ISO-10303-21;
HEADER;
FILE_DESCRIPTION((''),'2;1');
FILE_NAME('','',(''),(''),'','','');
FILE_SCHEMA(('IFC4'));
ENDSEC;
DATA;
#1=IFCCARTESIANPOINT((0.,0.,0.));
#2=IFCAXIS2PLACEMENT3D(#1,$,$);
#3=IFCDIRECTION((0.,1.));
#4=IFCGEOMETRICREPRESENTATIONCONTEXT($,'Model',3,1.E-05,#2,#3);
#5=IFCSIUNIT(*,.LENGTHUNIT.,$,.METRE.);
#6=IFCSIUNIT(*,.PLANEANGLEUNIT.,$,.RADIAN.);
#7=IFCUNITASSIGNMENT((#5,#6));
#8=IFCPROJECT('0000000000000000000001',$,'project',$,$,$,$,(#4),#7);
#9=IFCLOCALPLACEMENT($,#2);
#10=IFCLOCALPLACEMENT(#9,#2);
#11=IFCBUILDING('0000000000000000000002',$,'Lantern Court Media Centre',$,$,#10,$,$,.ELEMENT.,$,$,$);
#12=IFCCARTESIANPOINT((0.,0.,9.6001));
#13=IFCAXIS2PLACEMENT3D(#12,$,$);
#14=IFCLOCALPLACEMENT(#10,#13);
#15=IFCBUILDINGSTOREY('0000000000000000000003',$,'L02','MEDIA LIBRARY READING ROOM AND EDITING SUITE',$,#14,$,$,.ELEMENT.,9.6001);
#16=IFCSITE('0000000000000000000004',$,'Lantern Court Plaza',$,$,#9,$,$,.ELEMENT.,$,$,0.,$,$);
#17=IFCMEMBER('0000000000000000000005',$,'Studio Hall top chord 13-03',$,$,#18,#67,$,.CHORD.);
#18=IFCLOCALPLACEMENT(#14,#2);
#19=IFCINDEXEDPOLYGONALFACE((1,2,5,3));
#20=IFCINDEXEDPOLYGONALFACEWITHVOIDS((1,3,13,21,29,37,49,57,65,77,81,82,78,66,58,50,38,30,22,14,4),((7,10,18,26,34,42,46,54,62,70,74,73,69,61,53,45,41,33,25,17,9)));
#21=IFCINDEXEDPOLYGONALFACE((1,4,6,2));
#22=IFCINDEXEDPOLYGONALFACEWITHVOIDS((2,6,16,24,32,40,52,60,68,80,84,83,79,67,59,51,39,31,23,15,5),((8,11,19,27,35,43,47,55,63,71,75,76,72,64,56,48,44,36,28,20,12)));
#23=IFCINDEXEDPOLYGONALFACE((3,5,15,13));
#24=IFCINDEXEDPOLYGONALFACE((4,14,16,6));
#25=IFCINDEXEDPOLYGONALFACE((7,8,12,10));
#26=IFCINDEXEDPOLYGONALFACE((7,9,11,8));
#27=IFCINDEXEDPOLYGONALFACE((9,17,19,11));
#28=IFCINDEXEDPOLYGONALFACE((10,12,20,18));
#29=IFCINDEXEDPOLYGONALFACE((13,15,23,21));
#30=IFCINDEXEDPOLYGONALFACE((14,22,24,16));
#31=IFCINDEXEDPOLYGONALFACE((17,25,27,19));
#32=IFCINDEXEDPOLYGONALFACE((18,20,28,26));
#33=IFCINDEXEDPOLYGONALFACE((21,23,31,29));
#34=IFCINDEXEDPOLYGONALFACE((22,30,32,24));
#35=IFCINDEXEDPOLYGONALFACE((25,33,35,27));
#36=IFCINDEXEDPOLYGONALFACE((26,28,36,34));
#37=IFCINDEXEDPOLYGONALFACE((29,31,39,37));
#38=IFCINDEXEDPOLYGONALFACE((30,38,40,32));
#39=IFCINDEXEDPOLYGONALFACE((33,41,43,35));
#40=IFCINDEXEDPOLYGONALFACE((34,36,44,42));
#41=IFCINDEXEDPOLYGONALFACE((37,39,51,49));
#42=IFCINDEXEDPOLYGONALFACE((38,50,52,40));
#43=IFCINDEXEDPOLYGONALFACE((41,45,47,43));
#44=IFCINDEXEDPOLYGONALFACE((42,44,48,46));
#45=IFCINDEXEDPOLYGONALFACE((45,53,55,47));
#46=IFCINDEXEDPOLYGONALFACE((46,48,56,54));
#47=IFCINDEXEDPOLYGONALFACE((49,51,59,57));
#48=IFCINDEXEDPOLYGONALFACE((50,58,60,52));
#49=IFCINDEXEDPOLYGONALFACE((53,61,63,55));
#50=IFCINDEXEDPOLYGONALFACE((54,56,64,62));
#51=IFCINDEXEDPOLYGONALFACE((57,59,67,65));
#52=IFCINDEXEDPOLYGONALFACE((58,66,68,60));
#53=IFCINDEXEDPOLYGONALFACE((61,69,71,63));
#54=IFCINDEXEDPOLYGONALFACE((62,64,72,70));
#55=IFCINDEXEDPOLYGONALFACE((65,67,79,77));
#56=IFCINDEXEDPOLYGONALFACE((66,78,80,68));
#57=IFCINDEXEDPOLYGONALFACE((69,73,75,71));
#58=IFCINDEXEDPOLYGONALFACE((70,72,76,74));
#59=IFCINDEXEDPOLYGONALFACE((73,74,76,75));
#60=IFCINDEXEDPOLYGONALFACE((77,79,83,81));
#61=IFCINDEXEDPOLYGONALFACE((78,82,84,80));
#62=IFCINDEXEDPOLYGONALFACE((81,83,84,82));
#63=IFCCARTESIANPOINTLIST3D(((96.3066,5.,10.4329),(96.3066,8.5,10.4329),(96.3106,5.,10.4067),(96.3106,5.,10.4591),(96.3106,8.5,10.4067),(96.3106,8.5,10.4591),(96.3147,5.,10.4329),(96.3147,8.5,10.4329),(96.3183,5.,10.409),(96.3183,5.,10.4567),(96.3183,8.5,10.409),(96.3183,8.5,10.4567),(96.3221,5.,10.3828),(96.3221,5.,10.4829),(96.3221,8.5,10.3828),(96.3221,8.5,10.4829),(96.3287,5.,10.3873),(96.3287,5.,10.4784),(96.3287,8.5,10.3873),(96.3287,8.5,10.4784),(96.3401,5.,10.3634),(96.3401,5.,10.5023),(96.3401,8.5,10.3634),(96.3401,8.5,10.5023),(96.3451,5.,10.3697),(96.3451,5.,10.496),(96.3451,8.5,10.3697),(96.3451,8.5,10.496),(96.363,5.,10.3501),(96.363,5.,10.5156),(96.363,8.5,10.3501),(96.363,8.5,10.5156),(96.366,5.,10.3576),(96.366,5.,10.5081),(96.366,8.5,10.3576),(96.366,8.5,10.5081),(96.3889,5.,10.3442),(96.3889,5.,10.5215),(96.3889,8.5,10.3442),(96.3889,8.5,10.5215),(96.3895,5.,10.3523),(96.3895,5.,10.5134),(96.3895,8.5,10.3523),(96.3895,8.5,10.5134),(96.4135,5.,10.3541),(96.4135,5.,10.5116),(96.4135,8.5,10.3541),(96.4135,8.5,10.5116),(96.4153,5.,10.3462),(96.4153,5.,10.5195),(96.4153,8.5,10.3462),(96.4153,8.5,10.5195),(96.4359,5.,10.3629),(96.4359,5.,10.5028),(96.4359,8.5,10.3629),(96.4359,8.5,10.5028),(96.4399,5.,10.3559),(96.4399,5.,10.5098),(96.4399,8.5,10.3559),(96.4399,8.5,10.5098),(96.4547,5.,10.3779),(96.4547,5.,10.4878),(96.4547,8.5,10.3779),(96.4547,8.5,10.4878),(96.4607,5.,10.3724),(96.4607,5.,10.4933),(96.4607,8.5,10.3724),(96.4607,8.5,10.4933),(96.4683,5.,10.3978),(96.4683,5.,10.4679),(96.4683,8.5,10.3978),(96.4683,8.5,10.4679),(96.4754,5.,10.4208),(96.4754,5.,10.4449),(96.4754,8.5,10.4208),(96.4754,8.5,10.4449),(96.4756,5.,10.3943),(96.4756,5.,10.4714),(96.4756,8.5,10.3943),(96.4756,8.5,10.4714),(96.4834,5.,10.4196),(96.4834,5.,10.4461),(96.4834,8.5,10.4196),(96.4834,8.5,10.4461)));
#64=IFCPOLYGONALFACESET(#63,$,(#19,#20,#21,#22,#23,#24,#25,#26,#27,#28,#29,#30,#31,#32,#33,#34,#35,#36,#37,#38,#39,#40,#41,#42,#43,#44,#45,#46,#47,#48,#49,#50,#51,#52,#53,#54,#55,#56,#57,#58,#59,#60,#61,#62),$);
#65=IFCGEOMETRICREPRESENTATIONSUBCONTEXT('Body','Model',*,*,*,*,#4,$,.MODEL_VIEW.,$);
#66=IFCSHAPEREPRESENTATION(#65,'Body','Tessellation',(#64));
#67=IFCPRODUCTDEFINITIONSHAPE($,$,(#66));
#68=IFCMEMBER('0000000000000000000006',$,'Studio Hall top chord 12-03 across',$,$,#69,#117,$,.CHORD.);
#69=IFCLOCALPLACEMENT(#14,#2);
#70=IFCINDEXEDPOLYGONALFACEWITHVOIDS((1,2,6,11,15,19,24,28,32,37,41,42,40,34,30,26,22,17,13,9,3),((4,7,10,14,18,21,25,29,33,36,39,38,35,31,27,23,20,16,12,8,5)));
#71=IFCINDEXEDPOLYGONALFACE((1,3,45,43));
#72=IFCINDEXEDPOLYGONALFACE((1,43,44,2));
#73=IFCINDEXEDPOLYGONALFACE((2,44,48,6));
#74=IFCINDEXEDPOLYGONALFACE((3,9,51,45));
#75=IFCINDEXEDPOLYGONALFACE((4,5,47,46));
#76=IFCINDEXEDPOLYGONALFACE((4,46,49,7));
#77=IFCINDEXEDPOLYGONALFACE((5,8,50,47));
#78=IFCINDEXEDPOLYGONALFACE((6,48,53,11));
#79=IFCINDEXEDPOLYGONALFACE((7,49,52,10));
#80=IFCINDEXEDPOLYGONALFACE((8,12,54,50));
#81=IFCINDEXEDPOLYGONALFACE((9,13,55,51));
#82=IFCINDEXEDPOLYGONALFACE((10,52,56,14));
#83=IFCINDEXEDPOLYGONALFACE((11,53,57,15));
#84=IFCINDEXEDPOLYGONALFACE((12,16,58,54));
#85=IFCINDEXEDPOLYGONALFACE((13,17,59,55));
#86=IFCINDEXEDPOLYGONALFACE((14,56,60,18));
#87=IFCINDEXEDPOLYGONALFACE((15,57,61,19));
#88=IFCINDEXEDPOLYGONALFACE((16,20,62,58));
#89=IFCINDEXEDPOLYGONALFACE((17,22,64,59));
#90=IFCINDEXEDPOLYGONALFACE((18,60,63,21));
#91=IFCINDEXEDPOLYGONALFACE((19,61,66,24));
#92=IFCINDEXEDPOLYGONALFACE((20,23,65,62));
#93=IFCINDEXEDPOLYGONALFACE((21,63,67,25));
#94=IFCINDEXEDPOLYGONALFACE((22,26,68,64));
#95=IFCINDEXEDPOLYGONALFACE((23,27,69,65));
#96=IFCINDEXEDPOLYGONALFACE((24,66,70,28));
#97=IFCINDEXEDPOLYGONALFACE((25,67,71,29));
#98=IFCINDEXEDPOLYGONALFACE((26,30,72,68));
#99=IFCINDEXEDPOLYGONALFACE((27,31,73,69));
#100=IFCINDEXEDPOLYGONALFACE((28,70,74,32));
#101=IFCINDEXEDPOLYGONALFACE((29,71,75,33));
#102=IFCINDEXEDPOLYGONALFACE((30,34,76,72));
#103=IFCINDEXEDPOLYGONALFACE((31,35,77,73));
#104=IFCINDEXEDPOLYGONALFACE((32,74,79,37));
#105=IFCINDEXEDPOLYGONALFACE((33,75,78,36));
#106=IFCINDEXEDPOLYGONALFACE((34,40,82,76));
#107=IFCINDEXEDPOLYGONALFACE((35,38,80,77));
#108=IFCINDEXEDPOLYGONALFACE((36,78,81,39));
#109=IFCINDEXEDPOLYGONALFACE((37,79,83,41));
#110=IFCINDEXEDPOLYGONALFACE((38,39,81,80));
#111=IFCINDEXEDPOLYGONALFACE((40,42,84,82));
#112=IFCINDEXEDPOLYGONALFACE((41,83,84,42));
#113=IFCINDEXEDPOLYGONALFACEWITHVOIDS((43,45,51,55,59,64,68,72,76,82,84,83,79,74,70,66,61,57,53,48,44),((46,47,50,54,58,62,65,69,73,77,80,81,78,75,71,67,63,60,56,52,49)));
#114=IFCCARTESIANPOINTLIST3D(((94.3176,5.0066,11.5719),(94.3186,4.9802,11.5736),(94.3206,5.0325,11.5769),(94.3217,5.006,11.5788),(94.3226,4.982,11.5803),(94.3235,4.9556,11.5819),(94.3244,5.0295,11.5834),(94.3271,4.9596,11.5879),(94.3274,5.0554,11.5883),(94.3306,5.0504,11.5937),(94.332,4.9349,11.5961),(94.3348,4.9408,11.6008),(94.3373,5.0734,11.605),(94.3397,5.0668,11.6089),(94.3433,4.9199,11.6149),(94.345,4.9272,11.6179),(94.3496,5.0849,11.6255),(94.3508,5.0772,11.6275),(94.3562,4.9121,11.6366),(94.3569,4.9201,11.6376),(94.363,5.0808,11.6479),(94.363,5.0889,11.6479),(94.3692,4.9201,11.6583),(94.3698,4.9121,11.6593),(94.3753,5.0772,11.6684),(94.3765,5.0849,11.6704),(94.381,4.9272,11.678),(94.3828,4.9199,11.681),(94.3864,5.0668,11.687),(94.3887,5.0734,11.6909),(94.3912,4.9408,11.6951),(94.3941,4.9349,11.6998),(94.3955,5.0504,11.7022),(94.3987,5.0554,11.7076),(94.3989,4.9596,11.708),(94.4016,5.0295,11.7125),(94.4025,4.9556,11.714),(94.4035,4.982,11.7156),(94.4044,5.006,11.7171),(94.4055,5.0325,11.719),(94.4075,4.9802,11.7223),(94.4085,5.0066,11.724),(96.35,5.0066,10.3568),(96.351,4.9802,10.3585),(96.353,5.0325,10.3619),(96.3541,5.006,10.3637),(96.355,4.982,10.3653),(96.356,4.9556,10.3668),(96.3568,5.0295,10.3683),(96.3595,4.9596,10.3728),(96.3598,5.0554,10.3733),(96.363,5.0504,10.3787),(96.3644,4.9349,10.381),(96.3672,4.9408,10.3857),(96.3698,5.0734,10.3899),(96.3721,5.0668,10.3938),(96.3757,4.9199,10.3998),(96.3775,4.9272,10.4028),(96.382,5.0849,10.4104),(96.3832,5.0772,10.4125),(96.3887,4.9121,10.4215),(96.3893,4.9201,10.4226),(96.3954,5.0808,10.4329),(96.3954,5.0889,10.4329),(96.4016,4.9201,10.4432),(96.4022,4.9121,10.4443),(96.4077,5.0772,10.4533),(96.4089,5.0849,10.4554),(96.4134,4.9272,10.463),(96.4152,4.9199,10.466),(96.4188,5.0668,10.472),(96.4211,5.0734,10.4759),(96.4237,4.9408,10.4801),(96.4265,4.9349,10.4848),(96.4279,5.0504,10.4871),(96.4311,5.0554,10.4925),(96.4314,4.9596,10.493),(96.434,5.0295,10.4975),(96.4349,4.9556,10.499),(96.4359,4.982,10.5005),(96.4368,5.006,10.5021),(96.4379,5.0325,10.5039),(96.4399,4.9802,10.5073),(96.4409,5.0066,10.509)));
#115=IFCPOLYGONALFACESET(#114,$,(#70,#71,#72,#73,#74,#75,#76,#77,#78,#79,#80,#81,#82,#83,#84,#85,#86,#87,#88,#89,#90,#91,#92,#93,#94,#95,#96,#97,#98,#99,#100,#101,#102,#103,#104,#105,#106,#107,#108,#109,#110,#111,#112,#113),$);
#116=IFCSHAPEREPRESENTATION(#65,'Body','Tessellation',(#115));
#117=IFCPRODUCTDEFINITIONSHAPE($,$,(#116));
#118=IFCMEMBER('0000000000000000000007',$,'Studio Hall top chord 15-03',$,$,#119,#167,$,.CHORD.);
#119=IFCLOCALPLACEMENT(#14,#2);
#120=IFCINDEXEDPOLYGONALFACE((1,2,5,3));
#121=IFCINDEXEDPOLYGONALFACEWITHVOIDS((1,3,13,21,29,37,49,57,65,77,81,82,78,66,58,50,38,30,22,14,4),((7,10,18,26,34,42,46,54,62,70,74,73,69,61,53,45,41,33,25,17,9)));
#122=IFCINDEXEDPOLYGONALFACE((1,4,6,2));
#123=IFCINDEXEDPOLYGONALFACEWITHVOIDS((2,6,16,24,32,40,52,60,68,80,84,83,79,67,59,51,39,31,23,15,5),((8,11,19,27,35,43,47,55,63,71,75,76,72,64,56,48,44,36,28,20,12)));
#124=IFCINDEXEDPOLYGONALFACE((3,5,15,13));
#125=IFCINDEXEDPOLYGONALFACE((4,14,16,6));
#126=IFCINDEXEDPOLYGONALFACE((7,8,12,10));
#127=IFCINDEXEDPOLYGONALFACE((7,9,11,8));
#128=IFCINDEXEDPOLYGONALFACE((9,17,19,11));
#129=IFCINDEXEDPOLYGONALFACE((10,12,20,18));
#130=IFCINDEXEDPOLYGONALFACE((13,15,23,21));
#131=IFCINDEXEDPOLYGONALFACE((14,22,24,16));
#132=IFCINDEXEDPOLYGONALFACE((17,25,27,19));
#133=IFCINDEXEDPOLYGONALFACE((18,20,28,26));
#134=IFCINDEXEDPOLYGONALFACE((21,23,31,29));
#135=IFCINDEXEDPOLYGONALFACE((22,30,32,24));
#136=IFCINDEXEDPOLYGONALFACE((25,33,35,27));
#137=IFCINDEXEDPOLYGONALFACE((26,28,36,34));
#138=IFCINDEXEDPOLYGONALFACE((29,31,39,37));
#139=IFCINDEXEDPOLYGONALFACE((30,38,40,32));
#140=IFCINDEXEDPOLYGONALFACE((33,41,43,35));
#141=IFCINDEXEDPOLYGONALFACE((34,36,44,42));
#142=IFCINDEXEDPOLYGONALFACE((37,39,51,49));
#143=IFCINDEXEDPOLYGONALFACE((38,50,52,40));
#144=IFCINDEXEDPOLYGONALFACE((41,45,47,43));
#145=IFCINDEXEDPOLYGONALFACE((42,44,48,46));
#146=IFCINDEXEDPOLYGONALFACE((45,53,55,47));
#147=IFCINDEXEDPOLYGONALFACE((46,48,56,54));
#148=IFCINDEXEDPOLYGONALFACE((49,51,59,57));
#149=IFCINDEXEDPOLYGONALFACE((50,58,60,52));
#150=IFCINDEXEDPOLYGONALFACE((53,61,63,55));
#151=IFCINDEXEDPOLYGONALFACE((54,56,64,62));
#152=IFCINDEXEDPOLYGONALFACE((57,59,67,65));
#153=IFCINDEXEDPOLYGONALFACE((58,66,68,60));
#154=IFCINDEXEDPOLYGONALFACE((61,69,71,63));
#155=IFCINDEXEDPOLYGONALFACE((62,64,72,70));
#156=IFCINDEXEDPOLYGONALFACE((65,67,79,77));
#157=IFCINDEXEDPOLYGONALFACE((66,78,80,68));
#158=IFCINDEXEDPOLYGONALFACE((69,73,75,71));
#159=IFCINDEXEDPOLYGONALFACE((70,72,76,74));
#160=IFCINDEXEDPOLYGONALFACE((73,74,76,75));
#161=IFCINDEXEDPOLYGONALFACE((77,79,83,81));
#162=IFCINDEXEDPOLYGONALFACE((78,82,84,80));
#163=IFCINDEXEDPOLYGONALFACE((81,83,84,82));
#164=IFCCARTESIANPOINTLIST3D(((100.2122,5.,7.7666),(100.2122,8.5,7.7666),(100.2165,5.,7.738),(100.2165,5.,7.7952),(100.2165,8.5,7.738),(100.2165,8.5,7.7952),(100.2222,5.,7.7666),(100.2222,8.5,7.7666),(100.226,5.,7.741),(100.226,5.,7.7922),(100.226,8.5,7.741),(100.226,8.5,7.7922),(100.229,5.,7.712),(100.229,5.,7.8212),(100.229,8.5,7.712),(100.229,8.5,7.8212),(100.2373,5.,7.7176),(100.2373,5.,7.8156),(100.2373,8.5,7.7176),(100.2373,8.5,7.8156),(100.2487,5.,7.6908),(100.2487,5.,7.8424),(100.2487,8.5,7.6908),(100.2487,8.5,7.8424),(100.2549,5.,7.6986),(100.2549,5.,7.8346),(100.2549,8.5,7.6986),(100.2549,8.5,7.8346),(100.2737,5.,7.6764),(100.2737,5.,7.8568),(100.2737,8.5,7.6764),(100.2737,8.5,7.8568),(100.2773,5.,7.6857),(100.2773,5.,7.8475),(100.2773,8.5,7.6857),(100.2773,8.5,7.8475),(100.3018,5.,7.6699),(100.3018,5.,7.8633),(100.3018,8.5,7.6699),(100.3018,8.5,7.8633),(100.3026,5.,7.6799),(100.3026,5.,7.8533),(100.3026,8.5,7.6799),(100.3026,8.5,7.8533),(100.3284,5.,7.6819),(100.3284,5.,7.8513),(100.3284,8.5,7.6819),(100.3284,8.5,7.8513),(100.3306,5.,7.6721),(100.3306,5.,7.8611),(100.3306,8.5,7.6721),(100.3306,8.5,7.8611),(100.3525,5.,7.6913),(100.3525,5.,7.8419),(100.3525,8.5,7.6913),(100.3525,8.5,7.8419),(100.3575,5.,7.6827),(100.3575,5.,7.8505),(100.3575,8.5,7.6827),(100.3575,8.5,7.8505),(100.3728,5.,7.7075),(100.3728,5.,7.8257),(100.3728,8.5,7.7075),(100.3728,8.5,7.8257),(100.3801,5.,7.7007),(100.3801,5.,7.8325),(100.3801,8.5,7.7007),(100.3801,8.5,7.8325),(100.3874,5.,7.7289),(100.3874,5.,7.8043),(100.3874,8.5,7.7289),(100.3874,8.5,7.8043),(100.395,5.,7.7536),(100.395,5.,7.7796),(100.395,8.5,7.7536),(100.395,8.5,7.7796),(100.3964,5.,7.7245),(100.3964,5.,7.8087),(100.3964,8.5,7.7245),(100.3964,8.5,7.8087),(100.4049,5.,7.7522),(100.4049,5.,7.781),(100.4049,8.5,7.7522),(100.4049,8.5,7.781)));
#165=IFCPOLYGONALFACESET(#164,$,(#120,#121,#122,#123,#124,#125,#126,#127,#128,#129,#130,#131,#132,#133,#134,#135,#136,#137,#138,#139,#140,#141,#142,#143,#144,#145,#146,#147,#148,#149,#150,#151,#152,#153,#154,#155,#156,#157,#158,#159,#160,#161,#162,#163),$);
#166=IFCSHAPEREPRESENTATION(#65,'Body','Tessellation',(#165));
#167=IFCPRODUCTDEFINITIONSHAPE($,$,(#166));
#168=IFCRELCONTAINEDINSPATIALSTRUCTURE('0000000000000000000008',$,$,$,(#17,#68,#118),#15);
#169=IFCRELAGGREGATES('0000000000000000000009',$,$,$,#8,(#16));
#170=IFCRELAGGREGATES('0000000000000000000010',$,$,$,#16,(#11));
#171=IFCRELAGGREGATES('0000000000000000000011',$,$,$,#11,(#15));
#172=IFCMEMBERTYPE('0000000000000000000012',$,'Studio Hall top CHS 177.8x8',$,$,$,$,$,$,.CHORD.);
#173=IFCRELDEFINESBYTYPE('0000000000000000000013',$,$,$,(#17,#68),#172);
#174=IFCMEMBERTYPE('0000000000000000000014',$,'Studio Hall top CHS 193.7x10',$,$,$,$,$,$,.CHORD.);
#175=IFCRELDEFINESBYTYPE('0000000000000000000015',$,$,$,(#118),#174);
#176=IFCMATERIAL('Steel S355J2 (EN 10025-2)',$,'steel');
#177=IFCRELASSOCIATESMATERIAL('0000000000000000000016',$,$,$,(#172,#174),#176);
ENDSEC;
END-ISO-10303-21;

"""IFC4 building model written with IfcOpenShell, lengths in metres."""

from ifc_helpers import new_model, si_unit, direction, frame, origin, origin_2d, place, context, subcontext, project, spatial, hollow_circle, extrude, material, material_profile, profile_set, type_object, element, save


model = new_model("IFC4")

# Units and contexts
model_context = context("Model", 3, precision=1e-05, world=origin(), true_north=direction((0.0, 1.0)))
body_context = subcontext(model_context, "Body", "Model", "MODEL_VIEW")
ifc_project = project(units=[si_unit("LENGTHUNIT", "METRE"), si_unit("PLANEANGLEUNIT", "RADIAN")], contexts=[model_context])

# Site, building, storey
site_placement = place(None, origin())
site = spatial("IfcSite", under=ifc_project, at=site_placement, Name="Lantern Court Plaza", CompositionType="ELEMENT", RefElevation=0.0)
building_placement = place(site_placement, origin())
building = spatial("IfcBuilding", under=site, at=building_placement, Name="Lantern Court Media Centre", CompositionType="ELEMENT")
storey_placement = place(building_placement, frame((0.0, 0.0, 9.6001)))
storey = spatial("IfcBuildingStorey", under=building, at=storey_placement, Name="L02", Description="MEDIA LIBRARY READING ROOM AND EDITING SUITE", CompositionType="ELEMENT", Elevation=9.6001)

# Members
ifc_material = material(Name="Steel S355J2 (EN 10025-2)", Category="steel")
ifc_material_profile_1 = material_profile(ifc_material, hollow_circle(Radius=0.0889, WallThickness=0.0081, at=origin_2d()), Name="Studio Hall top CHS 177.8x8")
ifc_profile_set_1 = profile_set([ifc_material_profile_1], Name="Steel S355J2 (EN 10025-2)")
member_type_1 = type_object("IfcMemberType", Name="Studio Hall top CHS 177.8x8", PredefinedType="CHORD", material=ifc_profile_set_1)
member_1_placement = place(storey_placement, frame((96.3955, 5.0, 10.4329), z_axis=(0.0, 1.0, 0.0), x_axis=(-1.0, 0.0, 0.0)))
element("IfcMember", 1, at=member_1_placement, inside=storey, type_object=member_type_1, Name="Studio Hall top chord 13-03", PredefinedType="CHORD", context=body_context, shape_type="SweptSolid", body=[
    extrude(hollow_circle(Radius=0.0889, WallThickness=0.0081, at=origin_2d()), origin(), (0.0, 0.0, 1.0), 3.5),
])
member_2_placement = place(storey_placement, frame((94.363, 5.0, 11.6479), z_axis=(0.858311, 0.0, -0.513131), x_axis=(0.0, 1.0, 0.0)))
element("IfcMember", 2, at=member_2_placement, inside=storey, type_object=member_type_1, Name="Studio Hall top chord 12-03 across", PredefinedType="CHORD", context=body_context, shape_type="SweptSolid", body=[
    extrude(hollow_circle(Radius=0.0889, WallThickness=0.0081, at=origin_2d()), origin(), (0.0, 0.0, 1.0), 2.3679),
])
ifc_material_profile_2 = material_profile(ifc_material, hollow_circle(Radius=0.0969, WallThickness=0.01, at=origin_2d()), Name="Studio Hall top CHS 193.7x10")
ifc_profile_set_2 = profile_set([ifc_material_profile_2], Name="Steel S355J2 (EN 10025-2)")
member_type_2 = type_object("IfcMemberType", Name="Studio Hall top CHS 193.7x10", PredefinedType="CHORD", material=ifc_profile_set_2)
for number, where, z_axis, x_axis, name in (
    (3, (100.3091, 5.0, 7.7666), (0.0, 1.0, 0.0), (-1.0, 0.0, 0.0), "Studio Hall top chord 15-03"),
):
    element("IfcMember", number, at=place(storey_placement, frame(where, z_axis=z_axis, x_axis=x_axis)), inside=storey, type_object=member_type_2, Name=name, PredefinedType="CHORD", context=body_context, shape_type="SweptSolid", body=[
        extrude(hollow_circle(Radius=0.0969, WallThickness=0.01, at=origin_2d()), origin(), (0.0, 0.0, 1.0), 3.5),
    ])

save(model, "model.ifc")
